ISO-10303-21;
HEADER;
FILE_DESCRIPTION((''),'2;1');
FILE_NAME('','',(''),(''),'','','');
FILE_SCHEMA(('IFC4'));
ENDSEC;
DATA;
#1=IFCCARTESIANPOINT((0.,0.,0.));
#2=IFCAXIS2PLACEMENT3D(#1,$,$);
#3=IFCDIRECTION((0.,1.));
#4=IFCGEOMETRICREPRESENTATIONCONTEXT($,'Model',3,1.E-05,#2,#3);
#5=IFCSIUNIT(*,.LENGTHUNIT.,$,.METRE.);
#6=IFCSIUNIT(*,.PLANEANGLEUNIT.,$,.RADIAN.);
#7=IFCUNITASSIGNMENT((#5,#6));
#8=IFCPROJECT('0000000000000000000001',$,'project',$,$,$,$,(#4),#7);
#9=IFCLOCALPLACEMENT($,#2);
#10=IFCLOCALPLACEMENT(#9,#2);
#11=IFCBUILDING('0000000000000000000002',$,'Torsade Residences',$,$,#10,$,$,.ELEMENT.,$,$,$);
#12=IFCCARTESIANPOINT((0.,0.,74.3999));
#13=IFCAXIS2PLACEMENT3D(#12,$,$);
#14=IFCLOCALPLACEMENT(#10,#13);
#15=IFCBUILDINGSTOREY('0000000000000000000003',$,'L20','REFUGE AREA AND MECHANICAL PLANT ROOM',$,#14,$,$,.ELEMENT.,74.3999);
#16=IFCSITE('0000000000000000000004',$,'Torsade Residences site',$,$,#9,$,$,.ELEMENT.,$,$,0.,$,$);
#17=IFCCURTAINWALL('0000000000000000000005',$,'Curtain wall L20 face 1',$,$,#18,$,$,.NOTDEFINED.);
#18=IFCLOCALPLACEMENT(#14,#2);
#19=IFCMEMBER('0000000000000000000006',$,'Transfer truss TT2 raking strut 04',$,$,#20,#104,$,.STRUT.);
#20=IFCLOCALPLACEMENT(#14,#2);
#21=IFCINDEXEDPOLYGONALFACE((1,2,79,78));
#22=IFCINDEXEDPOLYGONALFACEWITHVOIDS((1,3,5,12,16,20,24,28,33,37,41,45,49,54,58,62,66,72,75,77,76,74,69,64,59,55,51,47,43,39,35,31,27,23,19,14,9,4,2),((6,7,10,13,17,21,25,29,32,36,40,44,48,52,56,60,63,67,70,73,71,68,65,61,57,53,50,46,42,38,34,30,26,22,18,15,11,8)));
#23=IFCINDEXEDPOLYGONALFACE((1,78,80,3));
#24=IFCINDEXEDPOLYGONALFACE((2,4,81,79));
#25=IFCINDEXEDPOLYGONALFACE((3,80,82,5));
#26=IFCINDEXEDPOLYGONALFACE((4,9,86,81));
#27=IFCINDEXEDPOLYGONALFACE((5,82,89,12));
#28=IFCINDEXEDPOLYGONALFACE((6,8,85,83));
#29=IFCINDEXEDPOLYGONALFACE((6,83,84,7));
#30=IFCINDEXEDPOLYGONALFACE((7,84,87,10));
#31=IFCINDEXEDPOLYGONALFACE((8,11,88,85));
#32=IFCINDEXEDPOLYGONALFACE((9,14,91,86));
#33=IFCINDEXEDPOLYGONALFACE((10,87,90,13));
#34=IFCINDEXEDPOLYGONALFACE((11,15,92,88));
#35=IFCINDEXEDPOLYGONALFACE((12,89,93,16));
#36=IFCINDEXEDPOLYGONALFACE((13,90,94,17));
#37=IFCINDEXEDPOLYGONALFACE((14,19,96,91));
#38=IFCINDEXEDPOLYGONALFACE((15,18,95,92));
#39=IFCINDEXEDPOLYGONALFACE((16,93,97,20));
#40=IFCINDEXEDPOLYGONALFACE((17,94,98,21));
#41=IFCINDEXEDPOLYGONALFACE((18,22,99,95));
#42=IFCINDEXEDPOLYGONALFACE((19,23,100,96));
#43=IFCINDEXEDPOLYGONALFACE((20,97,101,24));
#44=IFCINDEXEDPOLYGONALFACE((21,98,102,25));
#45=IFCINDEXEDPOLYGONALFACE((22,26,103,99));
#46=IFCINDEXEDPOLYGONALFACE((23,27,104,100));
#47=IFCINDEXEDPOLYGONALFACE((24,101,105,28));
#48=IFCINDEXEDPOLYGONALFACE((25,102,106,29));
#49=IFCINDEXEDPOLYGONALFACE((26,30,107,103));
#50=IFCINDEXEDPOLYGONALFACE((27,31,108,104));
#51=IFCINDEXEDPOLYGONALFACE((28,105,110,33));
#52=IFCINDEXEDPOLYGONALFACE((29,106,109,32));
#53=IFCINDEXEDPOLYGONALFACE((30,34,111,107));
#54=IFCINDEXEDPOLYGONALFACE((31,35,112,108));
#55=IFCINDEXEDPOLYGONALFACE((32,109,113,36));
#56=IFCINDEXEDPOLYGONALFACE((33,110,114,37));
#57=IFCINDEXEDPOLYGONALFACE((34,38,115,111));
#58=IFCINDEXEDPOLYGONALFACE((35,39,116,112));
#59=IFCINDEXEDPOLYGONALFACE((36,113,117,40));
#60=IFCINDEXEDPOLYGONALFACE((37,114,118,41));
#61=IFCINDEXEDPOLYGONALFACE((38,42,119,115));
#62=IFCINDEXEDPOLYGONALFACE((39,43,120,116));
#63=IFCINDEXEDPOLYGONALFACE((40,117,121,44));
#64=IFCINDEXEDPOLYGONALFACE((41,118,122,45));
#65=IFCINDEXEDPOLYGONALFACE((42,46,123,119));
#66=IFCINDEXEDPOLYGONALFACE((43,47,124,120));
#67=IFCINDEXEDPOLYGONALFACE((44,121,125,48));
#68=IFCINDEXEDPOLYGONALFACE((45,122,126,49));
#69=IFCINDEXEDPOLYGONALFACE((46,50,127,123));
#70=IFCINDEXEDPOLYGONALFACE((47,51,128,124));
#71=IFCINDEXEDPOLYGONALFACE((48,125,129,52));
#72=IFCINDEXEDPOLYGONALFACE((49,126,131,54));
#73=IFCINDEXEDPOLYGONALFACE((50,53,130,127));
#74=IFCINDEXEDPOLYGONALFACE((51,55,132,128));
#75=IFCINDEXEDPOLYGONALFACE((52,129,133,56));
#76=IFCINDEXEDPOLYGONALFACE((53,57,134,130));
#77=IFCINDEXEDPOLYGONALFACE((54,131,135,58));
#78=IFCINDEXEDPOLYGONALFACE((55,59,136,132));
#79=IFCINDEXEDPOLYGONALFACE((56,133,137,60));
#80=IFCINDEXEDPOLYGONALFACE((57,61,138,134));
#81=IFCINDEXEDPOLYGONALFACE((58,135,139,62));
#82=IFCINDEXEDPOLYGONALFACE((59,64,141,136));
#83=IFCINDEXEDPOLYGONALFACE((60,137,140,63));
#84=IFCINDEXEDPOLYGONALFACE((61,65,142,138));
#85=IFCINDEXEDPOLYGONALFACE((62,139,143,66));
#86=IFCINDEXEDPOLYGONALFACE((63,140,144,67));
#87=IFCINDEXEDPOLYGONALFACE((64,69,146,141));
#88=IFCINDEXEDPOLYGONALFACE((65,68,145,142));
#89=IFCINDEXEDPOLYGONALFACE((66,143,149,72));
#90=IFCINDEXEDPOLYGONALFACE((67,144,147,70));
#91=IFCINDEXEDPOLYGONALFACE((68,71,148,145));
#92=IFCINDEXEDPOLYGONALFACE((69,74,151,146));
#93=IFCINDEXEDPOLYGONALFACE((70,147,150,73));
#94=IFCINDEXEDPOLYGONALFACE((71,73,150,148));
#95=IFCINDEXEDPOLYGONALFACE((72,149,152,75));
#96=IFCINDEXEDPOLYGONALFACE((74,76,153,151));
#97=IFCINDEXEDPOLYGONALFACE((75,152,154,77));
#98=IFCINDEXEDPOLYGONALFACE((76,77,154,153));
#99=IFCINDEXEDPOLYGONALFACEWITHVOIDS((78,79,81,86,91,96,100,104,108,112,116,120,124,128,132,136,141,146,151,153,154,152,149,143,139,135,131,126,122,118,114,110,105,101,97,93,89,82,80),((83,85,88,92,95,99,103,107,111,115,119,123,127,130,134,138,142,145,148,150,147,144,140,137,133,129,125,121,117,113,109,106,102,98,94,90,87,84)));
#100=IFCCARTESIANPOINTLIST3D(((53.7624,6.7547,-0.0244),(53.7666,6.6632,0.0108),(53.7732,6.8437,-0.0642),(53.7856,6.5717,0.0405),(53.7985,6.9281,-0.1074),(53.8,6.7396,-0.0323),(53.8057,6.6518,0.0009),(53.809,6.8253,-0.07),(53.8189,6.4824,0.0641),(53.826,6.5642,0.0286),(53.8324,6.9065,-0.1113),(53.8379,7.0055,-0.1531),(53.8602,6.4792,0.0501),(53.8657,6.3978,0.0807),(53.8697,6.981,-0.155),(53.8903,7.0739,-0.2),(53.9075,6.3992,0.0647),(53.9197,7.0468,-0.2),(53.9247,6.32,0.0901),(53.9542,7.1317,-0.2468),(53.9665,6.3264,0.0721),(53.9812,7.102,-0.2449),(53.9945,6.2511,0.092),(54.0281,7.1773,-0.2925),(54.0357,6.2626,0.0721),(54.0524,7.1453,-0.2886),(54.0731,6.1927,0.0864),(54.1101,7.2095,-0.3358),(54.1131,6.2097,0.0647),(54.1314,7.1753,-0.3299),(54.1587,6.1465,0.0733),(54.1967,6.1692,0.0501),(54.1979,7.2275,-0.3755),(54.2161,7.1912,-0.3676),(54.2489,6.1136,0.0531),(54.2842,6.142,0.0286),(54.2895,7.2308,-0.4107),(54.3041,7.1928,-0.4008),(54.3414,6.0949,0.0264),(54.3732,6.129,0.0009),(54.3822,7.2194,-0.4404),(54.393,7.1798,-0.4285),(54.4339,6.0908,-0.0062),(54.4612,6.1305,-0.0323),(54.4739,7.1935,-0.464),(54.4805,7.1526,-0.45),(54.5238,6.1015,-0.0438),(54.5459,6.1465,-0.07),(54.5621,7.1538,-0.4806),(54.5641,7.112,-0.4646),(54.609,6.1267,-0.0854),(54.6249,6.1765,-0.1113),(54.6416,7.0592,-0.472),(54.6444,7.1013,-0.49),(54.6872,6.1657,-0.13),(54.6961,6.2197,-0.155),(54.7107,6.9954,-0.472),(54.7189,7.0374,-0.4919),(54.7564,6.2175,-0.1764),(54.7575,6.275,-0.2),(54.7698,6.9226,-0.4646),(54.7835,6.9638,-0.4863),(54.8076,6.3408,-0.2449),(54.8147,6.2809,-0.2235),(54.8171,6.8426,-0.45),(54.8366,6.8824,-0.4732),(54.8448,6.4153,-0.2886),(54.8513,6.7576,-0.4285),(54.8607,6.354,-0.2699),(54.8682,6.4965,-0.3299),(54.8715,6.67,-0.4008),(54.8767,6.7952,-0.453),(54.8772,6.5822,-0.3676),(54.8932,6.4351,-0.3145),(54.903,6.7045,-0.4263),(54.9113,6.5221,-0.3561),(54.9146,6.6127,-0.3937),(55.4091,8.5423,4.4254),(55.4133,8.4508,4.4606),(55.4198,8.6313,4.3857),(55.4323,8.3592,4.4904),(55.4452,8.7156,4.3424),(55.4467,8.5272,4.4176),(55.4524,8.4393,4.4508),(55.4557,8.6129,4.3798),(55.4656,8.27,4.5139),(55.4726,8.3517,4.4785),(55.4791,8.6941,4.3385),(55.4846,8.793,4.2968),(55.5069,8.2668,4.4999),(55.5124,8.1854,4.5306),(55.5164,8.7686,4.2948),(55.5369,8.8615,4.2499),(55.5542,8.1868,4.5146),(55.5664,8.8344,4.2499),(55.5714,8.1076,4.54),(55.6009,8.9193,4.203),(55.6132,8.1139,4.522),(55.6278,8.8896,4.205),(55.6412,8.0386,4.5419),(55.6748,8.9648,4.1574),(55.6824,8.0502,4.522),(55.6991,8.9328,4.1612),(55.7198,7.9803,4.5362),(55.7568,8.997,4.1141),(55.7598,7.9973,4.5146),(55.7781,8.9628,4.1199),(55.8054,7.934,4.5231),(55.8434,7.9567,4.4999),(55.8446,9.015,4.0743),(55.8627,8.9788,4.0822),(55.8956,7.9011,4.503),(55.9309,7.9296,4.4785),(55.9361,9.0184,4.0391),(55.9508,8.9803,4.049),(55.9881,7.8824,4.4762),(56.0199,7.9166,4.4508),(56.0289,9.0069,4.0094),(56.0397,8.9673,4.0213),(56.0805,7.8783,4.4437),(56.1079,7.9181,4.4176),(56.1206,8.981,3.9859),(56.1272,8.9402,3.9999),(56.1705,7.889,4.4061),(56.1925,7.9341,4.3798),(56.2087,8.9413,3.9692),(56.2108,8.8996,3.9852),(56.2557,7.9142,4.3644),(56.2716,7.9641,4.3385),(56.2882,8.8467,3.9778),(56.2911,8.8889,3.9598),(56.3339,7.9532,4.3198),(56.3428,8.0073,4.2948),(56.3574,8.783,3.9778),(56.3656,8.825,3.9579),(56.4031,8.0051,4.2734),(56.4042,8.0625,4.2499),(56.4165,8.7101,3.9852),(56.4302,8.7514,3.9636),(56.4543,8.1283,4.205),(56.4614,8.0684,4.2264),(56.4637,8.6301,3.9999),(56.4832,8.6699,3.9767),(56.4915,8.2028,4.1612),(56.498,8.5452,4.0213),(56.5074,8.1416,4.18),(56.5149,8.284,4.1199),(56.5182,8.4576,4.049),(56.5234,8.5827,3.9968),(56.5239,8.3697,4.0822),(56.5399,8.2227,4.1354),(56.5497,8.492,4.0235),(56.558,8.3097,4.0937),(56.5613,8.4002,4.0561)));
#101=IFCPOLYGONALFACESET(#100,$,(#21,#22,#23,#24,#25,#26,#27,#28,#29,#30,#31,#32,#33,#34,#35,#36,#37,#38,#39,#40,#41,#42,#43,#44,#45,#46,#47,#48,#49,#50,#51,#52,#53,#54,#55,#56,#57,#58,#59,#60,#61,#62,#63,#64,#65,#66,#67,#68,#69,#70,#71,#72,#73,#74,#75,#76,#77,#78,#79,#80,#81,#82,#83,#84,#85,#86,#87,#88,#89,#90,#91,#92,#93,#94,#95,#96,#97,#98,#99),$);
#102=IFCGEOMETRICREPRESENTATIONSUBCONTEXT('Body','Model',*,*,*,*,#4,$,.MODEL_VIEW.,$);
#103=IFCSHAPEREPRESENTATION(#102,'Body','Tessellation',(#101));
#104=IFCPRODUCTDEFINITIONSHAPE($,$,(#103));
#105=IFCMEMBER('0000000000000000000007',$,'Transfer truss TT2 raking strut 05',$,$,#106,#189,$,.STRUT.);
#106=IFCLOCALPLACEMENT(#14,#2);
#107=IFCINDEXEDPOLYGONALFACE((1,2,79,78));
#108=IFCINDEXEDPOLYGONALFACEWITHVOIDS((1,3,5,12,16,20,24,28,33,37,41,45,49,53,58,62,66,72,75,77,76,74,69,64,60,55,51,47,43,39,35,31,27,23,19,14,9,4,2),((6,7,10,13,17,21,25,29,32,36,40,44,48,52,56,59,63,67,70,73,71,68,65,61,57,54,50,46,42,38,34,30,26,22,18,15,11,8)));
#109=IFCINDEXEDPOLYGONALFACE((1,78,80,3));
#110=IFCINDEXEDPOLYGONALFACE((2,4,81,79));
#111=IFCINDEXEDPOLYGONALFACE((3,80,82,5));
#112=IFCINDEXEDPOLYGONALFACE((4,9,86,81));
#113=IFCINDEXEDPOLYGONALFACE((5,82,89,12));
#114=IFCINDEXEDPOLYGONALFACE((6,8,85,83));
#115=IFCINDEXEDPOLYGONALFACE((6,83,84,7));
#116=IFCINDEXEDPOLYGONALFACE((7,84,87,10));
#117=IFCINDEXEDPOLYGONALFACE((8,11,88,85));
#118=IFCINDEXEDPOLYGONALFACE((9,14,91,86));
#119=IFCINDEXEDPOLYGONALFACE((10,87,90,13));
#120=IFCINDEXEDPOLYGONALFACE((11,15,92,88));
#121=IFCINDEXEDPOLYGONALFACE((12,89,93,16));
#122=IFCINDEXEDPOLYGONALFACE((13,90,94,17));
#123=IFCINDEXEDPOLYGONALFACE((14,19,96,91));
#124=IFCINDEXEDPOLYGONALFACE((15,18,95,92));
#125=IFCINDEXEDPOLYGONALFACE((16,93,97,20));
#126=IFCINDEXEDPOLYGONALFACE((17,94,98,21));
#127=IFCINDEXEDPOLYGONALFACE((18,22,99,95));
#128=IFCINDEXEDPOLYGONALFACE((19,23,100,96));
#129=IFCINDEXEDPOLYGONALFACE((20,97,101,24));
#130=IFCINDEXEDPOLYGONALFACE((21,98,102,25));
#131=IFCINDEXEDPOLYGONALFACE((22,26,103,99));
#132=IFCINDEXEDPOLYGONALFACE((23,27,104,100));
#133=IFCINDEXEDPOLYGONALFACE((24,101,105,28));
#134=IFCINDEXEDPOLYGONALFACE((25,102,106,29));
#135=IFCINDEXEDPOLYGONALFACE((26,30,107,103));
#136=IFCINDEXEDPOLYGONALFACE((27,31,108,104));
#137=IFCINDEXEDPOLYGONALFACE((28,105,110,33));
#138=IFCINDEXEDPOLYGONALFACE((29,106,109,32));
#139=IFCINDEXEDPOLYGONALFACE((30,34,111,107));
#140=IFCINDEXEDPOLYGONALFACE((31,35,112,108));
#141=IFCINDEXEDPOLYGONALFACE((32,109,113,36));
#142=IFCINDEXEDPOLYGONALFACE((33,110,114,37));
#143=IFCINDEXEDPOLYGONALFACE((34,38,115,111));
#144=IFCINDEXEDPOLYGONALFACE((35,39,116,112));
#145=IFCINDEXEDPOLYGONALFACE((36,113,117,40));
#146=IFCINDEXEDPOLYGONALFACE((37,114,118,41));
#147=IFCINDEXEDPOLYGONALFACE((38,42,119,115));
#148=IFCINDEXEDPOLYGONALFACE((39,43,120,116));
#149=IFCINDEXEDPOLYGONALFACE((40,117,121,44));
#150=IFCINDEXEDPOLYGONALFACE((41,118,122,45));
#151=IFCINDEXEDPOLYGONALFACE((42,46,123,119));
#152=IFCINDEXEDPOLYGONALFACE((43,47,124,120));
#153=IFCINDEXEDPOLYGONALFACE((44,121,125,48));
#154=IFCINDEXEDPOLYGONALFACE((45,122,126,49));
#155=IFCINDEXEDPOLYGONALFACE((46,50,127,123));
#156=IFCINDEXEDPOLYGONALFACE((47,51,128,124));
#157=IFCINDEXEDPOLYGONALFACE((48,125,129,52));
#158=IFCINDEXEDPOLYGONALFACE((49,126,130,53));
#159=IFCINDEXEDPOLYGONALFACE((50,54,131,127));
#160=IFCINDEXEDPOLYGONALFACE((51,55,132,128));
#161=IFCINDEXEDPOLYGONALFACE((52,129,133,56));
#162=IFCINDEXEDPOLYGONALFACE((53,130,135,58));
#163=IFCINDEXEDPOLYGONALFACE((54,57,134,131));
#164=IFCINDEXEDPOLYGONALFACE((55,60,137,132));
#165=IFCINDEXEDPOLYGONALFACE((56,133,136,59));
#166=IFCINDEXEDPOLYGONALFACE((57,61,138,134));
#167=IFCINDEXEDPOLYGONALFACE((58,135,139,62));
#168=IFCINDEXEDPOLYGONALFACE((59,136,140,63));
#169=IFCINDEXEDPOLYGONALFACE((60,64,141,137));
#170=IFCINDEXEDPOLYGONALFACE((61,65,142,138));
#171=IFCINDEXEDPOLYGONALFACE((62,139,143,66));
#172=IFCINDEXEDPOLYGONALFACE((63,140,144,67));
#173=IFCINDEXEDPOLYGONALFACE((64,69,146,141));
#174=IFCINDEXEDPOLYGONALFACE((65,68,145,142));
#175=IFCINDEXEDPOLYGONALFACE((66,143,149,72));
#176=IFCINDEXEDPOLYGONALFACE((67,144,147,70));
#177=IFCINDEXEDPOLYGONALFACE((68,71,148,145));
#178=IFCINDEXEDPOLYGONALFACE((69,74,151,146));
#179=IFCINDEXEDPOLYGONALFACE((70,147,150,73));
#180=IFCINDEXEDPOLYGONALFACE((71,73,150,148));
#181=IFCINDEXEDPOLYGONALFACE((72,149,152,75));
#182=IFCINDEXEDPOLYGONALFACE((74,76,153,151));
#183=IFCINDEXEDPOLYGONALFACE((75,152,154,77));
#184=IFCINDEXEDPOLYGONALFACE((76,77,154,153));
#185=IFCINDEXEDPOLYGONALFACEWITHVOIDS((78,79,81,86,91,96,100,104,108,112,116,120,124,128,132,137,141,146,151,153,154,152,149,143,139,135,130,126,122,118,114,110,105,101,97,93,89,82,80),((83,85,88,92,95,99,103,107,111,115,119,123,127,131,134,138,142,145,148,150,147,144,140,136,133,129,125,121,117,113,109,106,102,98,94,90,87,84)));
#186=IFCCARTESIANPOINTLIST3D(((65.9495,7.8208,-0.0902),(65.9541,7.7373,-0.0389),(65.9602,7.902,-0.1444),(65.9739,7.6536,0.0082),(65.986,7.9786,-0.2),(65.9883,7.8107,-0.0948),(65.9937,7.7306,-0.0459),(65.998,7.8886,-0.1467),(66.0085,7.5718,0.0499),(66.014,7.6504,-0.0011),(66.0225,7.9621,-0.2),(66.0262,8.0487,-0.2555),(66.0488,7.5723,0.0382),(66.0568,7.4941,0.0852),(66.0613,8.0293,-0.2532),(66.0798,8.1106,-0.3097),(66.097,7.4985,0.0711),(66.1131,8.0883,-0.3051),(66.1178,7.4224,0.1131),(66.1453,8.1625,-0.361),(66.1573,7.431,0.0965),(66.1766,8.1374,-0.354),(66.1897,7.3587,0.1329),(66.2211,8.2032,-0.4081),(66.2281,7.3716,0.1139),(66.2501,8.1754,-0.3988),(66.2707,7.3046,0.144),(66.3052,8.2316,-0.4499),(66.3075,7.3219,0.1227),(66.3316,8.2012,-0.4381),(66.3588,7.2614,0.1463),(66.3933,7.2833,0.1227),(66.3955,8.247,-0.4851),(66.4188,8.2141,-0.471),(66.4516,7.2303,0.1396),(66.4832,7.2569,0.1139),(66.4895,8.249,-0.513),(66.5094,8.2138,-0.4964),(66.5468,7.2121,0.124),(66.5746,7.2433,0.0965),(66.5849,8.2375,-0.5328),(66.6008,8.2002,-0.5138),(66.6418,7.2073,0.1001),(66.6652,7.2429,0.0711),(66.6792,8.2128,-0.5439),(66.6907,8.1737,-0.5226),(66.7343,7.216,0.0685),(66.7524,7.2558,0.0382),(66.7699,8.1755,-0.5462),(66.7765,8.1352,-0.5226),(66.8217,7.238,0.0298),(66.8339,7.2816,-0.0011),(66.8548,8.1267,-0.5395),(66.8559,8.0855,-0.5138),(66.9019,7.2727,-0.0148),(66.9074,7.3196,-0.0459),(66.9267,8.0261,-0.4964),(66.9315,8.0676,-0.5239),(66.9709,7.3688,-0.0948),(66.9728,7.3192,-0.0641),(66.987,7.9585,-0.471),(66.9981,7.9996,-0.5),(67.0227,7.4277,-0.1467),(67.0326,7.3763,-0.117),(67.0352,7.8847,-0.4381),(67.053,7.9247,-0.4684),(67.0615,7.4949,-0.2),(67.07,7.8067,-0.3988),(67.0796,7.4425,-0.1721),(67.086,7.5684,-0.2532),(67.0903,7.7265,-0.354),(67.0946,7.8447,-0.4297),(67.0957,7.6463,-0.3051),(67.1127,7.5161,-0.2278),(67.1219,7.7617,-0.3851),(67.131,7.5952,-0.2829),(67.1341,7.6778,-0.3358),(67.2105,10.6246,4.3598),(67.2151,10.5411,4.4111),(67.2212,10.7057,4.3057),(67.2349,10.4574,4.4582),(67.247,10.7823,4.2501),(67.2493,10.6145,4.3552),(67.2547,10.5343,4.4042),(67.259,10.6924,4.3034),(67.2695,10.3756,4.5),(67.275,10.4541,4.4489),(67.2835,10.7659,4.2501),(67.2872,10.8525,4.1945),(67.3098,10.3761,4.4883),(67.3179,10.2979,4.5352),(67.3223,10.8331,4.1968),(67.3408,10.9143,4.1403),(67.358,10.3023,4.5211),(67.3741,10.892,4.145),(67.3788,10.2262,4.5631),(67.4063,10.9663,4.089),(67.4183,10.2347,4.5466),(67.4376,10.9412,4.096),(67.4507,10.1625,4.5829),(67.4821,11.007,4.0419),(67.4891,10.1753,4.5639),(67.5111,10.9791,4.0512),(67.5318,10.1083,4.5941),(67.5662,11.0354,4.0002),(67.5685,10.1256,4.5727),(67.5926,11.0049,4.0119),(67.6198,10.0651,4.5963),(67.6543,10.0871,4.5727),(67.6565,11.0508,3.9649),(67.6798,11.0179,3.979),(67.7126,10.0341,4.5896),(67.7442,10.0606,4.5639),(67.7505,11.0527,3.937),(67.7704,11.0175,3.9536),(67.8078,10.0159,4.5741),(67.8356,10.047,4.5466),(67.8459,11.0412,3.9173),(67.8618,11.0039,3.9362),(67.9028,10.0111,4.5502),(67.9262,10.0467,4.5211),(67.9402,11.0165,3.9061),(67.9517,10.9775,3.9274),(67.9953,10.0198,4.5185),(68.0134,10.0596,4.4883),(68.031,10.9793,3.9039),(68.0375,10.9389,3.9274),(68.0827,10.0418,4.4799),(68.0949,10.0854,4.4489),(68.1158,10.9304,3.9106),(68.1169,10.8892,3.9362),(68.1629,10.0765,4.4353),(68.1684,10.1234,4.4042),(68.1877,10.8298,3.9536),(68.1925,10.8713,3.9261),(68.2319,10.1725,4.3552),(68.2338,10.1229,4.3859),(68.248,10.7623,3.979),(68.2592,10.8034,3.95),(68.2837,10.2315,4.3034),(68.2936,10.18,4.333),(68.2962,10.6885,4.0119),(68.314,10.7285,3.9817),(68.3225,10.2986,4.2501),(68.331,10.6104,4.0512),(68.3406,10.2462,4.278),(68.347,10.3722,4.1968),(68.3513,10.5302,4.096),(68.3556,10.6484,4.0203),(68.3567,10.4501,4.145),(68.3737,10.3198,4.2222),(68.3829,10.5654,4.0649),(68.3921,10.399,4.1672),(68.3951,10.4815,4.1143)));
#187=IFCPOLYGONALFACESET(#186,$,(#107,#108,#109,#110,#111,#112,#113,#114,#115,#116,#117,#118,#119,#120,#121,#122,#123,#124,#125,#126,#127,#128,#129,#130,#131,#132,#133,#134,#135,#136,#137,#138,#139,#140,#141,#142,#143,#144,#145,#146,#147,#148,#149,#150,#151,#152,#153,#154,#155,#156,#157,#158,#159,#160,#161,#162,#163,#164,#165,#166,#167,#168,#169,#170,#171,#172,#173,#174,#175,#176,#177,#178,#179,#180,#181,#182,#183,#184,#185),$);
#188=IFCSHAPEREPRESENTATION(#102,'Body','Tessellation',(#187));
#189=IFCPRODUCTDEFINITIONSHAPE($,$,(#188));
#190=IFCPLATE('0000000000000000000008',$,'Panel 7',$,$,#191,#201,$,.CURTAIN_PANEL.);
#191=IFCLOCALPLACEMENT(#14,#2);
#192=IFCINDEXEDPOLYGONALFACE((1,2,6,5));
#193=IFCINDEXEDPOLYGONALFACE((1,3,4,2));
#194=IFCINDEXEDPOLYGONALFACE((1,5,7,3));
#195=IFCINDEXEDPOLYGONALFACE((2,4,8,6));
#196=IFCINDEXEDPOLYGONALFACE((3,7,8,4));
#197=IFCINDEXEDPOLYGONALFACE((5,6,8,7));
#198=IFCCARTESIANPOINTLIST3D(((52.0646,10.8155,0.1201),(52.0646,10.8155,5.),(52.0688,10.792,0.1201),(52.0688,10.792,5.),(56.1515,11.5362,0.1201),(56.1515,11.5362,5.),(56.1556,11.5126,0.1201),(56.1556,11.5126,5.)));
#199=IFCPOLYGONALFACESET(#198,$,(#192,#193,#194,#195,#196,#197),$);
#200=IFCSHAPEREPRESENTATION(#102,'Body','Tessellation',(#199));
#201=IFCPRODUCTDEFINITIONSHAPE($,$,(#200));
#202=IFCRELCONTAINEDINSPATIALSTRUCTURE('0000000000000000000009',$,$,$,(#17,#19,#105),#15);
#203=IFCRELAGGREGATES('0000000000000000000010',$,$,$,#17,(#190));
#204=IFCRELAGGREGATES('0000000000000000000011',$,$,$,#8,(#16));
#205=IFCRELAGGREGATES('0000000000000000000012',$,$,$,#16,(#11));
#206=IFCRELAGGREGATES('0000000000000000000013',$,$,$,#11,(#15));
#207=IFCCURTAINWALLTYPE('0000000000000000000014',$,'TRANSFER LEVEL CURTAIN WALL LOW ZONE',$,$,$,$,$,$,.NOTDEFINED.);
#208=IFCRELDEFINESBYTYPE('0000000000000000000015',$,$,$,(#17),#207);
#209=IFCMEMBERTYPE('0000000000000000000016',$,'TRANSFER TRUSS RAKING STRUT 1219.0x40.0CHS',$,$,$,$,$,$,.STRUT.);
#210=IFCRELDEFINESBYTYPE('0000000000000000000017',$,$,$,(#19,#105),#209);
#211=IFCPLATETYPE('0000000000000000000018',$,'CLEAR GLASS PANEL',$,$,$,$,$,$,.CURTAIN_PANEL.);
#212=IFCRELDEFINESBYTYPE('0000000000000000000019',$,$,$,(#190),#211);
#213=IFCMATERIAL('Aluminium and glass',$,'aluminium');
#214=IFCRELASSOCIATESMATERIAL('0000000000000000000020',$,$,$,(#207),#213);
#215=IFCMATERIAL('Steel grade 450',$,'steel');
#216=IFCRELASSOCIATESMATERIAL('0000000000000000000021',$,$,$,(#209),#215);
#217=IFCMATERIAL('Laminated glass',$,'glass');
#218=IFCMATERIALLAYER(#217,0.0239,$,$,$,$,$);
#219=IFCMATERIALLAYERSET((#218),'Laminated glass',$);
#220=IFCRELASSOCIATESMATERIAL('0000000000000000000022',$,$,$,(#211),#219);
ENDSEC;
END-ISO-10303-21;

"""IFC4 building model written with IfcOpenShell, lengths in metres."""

from ifc_helpers import new_model, si_unit, direction, frame, origin, origin_2d, place, context, subcontext, project, spatial, rectangle, hollow_circle, extrude, material, layer, layer_set, material_profile, profile_set, type_object, element, aggregate, save


model = new_model("IFC4")

# Units and contexts
model_context = context("Model", 3, precision=1e-05, world=origin(), true_north=direction((0.0, 1.0)))
body_context = subcontext(model_context, "Body", "Model", "MODEL_VIEW")
ifc_project = project(units=[si_unit("LENGTHUNIT", "METRE"), si_unit("PLANEANGLEUNIT", "RADIAN")], contexts=[model_context])

# Site, building, storey
site_placement = place(None, origin())
site = spatial("IfcSite", under=ifc_project, at=site_placement, Name="Torsade Residences site", CompositionType="ELEMENT", RefElevation=0.0)
building_placement = place(site_placement, origin())
building = spatial("IfcBuilding", under=site, at=building_placement, Name="Torsade Residences", CompositionType="ELEMENT")
storey_placement = place(building_placement, frame((0.0, 0.0, 74.3999)))
storey = spatial("IfcBuildingStorey", under=building, at=storey_placement, Name="L20", Description="REFUGE AREA AND MECHANICAL PLANT ROOM", CompositionType="ELEMENT", Elevation=74.3999)

# Curtain wall
ifc_material_1 = material(Name="Aluminium and glass", Category="aluminium")
curtain_wall_type = type_object("IfcCurtainWallType", Name="TRANSFER LEVEL CURTAIN WALL LOW ZONE", PredefinedType="NOTDEFINED", material=ifc_material_1)
curtain_wall_1_placement = place(storey_placement, origin())
curtain_wall_1 = element("IfcCurtainWall", 1, at=curtain_wall_1_placement, inside=storey, type_object=curtain_wall_type, Name="Curtain wall L20 face 1", PredefinedType="NOTDEFINED")

# Members
ifc_material_2 = material(Name="Steel grade 450", Category="steel")
ifc_material_profile_1 = material_profile(ifc_material_2, hollow_circle(Radius=0.6096, WallThickness=0.04, at=origin_2d()), Name="1219.0x40.0CHS")
ifc_profile_set_1 = profile_set([ifc_material_profile_1], Name="Steel grade 450")
member_type_1 = type_object("IfcMemberType", Name="TRANSFER TRUSS RAKING STRUT 1219.0x40.0CHS", PredefinedType="STRUT", material=ifc_profile_set_1)
member_1_placement = place(storey_placement, frame((54.3386, 6.6609, -0.2), z_axis=(0.324771, 0.352553, 0.877628), x_axis=(-0.735492, 0.677533, 0.0)))
element("IfcMember", 2, at=member_1_placement, inside=storey, type_object=member_type_1, Name="Transfer truss TT2 raking strut 04", PredefinedType="STRUT", context=body_context, shape_type="SweptSolid", body=[
    extrude(hollow_circle(Radius=0.6096, WallThickness=0.04, at=origin_2d()), origin(), (0.0, 0.0, 1.0), 5.0703),
])
member_2_placement = place(storey_placement, frame((66.542, 7.7285, -0.2), z_axis=(0.233145, 0.51838, 0.822755), x_axis=(-0.912005, 0.41018, 0.0)))
element("IfcMember", 3, at=member_2_placement, inside=storey, type_object=member_type_1, Name="Transfer truss TT2 raking strut 05", PredefinedType="STRUT", context=body_context, shape_type="SweptSolid", body=[
    extrude(hollow_circle(Radius=0.6096, WallThickness=0.04, at=origin_2d()), origin(), (0.0, 0.0, 1.0), 5.4087),
])

# Plate
ifc_material_3 = material(Name="Laminated glass", Category="glass")
ifc_layer_1 = layer(ifc_material_3, 0.0239)
ifc_layer_set_1 = layer_set([ifc_layer_1], Name="Laminated glass")
plate_type = type_object("IfcPlateType", Name="CLEAR GLASS PANEL", PredefinedType="CURTAIN_PANEL", material=ifc_layer_set_1)
plate_1_placement = place(storey_placement, frame((54.1101, 11.1641, 0.1201), z_axis=(0.0, 0.0, 1.0), x_axis=(0.984808, 0.173648, 0.0)))
plate_1 = element("IfcPlate", 4, at=plate_1_placement, type_object=plate_type, Name="Panel 7", PredefinedType="CURTAIN_PANEL", context=body_context, shape_type="SweptSolid", body=[
    extrude(rectangle(XDim=4.1499, YDim=0.0239, at=origin_2d()), origin(), (0.0, 0.0, 1.0), 4.8799),
])
aggregate(curtain_wall_1, [plate_1])

save(model, "model.ifc")
